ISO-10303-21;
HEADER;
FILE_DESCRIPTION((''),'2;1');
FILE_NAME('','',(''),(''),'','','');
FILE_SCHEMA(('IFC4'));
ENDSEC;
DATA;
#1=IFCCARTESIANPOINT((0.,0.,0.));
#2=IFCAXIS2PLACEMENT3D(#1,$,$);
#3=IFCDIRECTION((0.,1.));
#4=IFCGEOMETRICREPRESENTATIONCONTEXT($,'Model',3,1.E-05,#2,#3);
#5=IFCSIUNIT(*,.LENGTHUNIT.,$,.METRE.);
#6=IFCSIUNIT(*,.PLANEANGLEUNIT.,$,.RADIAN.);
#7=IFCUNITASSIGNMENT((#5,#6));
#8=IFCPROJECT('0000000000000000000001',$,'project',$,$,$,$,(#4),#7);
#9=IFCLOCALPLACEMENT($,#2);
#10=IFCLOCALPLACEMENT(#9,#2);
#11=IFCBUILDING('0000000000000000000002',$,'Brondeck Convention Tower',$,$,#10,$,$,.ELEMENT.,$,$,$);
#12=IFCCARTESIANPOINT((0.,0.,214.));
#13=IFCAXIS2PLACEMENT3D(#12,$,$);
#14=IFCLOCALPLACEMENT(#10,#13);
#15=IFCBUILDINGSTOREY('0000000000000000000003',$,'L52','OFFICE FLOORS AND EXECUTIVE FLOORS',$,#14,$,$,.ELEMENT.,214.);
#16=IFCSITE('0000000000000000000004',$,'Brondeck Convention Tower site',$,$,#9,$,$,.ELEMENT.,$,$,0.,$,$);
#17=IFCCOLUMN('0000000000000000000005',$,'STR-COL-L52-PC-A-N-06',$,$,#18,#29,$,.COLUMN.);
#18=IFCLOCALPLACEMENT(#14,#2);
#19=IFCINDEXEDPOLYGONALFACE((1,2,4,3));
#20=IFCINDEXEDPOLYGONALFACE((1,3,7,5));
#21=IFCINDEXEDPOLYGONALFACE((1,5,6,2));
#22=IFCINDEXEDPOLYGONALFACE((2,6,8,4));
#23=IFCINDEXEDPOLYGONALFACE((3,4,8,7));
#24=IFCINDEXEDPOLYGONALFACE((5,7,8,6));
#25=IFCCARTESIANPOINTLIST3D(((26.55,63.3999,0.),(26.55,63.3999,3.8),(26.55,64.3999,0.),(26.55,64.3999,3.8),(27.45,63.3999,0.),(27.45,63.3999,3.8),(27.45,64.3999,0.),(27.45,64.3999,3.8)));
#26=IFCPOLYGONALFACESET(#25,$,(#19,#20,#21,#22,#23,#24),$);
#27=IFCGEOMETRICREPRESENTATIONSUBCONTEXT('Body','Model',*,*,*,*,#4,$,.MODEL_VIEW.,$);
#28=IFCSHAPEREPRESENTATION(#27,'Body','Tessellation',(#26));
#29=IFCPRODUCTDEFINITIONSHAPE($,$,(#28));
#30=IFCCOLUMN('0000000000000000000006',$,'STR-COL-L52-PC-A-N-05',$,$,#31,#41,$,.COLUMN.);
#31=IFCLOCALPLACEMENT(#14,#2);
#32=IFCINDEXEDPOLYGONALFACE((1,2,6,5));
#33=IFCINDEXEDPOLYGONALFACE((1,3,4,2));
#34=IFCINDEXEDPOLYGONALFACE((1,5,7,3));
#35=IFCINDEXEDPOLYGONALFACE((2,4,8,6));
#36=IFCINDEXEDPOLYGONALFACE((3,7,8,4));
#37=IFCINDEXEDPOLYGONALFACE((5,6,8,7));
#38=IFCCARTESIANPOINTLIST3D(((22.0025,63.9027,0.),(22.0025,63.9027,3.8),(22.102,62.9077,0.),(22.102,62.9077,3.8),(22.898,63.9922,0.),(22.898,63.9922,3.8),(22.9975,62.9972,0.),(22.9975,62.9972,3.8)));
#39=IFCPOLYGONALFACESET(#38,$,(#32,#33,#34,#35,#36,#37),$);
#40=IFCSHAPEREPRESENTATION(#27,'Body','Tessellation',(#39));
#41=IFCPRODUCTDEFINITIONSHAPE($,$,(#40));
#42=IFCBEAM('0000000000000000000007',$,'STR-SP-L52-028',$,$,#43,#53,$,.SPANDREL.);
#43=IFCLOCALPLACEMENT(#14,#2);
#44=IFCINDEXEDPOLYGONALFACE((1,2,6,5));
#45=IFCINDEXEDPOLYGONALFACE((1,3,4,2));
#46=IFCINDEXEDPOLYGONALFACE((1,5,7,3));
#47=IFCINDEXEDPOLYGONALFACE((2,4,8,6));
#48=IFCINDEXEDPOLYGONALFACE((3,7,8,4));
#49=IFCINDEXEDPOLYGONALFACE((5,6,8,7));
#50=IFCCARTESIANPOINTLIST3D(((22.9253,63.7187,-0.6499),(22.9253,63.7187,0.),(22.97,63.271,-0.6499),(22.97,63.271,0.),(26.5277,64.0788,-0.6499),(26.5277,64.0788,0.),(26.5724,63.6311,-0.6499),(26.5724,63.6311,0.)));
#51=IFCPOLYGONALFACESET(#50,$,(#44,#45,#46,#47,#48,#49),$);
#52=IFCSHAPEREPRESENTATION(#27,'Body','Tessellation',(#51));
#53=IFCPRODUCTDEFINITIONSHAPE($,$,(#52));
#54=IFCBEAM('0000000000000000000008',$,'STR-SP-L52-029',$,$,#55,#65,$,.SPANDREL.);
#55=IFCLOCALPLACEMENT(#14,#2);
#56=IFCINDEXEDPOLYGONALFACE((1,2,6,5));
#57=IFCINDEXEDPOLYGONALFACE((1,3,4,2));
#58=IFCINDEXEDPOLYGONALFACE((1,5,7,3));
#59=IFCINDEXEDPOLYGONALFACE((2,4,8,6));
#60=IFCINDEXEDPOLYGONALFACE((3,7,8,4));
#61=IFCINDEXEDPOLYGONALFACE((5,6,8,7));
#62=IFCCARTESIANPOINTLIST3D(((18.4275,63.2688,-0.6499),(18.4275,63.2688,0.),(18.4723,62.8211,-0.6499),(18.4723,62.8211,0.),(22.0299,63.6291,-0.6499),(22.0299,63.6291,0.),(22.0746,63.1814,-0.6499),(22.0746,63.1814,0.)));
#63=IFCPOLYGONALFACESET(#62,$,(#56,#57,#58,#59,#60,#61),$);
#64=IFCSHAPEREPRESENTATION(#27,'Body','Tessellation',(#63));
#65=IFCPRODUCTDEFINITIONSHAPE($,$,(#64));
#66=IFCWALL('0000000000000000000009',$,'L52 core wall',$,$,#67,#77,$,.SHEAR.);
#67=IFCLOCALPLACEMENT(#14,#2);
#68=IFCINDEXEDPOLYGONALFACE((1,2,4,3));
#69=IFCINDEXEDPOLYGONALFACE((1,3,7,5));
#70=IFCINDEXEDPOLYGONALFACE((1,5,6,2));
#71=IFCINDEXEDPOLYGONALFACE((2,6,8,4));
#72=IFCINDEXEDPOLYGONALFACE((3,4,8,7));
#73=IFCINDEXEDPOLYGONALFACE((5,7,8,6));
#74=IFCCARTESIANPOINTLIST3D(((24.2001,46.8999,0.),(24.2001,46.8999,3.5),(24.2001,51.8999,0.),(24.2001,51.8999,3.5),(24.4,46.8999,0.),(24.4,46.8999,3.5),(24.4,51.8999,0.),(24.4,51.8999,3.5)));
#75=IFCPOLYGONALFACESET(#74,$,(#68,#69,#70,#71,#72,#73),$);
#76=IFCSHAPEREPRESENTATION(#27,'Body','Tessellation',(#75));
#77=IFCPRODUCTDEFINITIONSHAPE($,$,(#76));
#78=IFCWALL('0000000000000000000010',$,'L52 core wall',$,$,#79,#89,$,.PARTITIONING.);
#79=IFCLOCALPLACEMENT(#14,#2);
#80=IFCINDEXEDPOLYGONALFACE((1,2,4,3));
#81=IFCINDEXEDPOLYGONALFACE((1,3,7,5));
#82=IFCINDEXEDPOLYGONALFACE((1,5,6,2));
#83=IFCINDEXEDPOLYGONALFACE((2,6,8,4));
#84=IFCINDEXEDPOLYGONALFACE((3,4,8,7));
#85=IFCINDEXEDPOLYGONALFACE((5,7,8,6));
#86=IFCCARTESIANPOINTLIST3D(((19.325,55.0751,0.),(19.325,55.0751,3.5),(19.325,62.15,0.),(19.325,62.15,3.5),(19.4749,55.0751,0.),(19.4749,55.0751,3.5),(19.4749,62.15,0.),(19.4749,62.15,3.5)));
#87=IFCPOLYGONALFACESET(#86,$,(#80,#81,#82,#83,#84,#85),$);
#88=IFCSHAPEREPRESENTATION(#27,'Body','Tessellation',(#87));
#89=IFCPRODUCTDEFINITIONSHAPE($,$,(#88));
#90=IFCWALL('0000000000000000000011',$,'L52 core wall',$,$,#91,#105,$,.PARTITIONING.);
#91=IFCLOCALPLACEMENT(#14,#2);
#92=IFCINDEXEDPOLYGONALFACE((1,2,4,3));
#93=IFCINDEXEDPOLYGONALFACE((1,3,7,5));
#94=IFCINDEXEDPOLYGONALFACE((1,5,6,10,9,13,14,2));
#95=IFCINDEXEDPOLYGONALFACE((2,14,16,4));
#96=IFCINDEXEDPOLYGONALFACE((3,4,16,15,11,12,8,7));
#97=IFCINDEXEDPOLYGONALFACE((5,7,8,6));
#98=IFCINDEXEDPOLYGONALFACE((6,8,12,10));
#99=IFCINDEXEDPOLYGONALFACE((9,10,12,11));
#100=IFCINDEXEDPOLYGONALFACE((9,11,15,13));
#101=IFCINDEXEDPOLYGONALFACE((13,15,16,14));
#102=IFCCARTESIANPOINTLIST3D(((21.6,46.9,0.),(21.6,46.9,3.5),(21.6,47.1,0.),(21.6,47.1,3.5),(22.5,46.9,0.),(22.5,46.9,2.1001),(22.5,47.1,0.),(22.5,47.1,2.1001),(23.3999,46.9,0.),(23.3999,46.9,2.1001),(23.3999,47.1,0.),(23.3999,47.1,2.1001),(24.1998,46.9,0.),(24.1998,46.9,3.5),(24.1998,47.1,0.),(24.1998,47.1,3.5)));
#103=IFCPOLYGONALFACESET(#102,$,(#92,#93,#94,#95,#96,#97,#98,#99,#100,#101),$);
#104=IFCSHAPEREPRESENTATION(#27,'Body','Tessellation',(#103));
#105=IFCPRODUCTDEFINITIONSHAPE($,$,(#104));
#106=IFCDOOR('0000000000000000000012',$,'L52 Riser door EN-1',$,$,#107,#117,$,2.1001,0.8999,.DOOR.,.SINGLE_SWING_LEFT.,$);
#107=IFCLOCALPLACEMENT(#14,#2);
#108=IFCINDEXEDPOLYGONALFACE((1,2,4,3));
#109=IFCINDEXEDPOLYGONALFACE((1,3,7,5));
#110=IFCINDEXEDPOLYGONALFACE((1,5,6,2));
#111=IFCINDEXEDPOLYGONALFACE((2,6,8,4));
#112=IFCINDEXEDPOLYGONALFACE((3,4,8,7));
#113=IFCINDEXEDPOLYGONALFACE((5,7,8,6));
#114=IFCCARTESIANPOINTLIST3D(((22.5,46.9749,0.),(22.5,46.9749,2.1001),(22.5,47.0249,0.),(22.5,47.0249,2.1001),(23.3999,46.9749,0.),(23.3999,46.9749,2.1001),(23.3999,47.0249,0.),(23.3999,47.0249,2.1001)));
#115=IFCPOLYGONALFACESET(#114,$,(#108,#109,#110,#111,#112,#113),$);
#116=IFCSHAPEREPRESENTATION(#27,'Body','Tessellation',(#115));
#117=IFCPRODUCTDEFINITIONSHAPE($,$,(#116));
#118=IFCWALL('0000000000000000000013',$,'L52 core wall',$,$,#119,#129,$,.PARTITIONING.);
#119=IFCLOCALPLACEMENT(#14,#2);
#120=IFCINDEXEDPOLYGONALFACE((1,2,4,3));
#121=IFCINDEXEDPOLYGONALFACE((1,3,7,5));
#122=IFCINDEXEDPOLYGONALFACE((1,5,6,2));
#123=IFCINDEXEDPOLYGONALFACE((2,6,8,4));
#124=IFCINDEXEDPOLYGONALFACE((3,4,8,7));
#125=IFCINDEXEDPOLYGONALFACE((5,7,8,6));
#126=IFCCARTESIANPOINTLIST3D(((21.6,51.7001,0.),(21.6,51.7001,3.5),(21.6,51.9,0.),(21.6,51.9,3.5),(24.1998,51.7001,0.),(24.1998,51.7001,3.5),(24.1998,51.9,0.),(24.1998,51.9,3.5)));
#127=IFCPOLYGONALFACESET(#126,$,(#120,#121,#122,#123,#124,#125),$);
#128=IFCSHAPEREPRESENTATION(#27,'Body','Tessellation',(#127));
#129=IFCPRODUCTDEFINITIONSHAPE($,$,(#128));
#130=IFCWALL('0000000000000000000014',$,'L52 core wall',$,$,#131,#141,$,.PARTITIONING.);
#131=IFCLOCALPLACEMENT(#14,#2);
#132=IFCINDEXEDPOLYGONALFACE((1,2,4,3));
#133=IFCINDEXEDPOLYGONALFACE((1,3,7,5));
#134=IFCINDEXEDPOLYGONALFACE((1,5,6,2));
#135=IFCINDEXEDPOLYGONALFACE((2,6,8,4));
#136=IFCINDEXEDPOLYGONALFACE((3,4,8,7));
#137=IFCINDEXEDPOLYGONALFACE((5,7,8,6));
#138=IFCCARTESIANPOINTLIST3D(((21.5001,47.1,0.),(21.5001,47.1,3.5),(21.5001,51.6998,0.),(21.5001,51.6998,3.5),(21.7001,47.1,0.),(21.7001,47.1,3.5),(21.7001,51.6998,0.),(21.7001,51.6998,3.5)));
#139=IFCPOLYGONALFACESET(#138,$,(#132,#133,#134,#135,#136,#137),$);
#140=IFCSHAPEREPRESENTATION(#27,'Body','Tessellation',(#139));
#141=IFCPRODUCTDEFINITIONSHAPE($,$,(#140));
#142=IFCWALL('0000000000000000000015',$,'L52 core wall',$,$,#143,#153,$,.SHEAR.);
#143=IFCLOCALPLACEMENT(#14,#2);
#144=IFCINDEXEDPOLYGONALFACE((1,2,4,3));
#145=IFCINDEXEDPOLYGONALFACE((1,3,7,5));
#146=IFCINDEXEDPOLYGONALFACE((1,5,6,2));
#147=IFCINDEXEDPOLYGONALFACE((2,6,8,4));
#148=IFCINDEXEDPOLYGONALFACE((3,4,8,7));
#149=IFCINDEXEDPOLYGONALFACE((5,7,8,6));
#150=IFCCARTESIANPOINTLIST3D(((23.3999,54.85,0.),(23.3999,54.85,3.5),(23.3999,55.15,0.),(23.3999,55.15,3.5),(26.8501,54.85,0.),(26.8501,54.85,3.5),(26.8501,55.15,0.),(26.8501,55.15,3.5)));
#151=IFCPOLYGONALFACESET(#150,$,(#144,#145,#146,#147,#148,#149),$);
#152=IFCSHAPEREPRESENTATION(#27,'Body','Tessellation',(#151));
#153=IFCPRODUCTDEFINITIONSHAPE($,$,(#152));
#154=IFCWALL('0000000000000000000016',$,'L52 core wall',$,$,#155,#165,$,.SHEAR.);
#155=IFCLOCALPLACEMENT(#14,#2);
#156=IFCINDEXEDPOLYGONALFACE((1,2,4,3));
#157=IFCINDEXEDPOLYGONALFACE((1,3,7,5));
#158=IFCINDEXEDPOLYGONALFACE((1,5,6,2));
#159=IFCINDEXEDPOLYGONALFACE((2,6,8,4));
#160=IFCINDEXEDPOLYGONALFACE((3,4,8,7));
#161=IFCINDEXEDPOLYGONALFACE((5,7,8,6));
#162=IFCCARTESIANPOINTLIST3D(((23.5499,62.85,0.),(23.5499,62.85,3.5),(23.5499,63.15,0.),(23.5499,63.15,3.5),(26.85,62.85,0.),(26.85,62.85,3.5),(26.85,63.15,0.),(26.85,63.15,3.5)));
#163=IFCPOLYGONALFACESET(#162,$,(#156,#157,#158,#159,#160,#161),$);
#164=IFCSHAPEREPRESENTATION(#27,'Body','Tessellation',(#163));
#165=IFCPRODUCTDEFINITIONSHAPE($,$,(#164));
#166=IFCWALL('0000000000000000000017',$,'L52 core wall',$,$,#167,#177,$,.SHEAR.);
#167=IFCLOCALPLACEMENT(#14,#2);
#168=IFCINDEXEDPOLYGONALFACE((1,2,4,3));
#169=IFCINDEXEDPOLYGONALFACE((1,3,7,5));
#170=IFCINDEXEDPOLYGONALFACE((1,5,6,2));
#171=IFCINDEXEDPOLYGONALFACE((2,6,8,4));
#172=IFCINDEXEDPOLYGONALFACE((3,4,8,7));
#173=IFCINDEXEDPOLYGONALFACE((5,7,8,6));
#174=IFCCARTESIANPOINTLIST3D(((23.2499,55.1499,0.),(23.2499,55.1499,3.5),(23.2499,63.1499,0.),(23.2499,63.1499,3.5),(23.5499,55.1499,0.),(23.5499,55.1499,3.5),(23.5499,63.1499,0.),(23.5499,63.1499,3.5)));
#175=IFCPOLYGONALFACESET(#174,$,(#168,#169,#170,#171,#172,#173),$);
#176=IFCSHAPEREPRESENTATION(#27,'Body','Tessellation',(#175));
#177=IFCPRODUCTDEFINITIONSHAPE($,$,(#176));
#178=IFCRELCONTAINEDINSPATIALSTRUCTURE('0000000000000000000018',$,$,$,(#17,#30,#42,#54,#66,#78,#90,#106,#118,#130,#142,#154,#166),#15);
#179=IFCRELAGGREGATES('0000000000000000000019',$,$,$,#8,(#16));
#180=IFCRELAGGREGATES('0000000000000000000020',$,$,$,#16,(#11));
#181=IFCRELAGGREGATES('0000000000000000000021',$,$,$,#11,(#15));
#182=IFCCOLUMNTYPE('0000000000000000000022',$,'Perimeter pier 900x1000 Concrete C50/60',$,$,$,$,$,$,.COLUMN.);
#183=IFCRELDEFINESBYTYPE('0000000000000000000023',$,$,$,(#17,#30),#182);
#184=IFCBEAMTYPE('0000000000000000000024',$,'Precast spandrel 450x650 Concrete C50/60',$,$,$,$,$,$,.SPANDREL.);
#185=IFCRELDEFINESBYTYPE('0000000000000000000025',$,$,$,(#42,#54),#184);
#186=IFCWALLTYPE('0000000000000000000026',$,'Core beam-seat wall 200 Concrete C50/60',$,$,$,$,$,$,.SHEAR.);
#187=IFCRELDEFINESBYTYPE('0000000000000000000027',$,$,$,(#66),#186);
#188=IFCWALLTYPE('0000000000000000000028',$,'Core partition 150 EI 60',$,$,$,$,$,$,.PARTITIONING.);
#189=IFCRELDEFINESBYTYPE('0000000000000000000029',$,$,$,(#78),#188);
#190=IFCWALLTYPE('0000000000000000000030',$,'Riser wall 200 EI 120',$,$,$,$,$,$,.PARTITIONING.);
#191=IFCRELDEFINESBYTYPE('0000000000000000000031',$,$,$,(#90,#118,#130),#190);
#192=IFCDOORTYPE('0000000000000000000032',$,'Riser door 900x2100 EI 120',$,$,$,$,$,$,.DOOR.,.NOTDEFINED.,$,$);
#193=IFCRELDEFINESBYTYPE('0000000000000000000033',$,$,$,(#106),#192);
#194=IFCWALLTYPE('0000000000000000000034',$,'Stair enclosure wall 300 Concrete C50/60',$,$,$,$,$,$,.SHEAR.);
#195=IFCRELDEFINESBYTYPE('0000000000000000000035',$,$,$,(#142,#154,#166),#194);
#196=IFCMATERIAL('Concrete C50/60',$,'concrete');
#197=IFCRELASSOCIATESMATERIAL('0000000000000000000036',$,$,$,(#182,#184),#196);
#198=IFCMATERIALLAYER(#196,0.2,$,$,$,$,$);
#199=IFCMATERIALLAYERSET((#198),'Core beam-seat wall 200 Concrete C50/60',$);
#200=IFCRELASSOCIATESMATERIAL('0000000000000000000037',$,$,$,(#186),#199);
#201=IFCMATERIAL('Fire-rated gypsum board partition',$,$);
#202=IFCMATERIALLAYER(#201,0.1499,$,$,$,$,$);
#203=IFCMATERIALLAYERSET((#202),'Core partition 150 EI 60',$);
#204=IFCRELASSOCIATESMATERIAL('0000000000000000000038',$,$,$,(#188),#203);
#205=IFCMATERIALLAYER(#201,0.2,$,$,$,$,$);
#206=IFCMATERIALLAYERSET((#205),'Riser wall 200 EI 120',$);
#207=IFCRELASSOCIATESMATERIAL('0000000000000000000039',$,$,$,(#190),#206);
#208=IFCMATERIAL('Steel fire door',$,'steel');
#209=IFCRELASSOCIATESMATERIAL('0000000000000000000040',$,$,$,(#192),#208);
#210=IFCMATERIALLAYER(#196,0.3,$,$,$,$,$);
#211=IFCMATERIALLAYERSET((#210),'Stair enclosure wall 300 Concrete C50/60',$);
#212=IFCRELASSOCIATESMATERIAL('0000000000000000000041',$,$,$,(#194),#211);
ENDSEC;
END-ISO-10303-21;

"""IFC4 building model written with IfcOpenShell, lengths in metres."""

from ifc_helpers import new_model, si_unit, direction, frame, frame_2d, origin, origin_2d, place, context, subcontext, project, spatial, rectangle, extrude, material, layer, layer_set, material_profile, profile_set, type_object, element, fill, save


model = new_model("IFC4")

# Units and contexts
model_context = context("Model", 3, precision=1e-05, world=origin(), true_north=direction((0.0, 1.0)))
body_context = subcontext(model_context, "Body", "Model", "MODEL_VIEW")
ifc_project = project(units=[si_unit("LENGTHUNIT", "METRE"), si_unit("PLANEANGLEUNIT", "RADIAN")], contexts=[model_context])

# Site, building, storey
site_placement = place(None, origin())
site = spatial("IfcSite", under=ifc_project, at=site_placement, Name="Brondeck Convention Tower site", CompositionType="ELEMENT", RefElevation=0.0)
building_placement = place(site_placement, origin())
building = spatial("IfcBuilding", under=site, at=building_placement, Name="Brondeck Convention Tower", CompositionType="ELEMENT")
storey_placement = place(building_placement, frame((0.0, 0.0, 214.0)))
storey = spatial("IfcBuildingStorey", under=building, at=storey_placement, Name="L52", Description="OFFICE FLOORS AND EXECUTIVE FLOORS", CompositionType="ELEMENT", Elevation=214.0)

# Columns
ifc_material_1 = material(Name="Concrete C50/60", Category="concrete")
ifc_material_profile_1 = material_profile(ifc_material_1, rectangle(XDim=0.8999, YDim=1.0, at=origin_2d()), Name="Perimeter pier 900x1000 Concrete C50/60")
ifc_profile_set_1 = profile_set([ifc_material_profile_1], Name="Concrete C50/60")
column_type = type_object("IfcColumnType", Name="Perimeter pier 900x1000 Concrete C50/60", PredefinedType="COLUMN", material=ifc_profile_set_1)
for number, where, z_axis, x_axis, name in (
    (1, (27.0, 63.8999, 0.0), (0.0, 0.0, 1.0), (-1.0, 0.0, 0.0), "STR-COL-L52-PC-A-N-06"),
    (2, (22.5, 63.45, 0.0), (0.0, 0.0, 1.0), (-0.995037, -0.099504, 0.0), "STR-COL-L52-PC-A-N-05"),
):
    element("IfcColumn", number, at=place(storey_placement, frame(where, z_axis=z_axis, x_axis=x_axis)), inside=storey, type_object=column_type, Name=name, PredefinedType="COLUMN", context=body_context, shape_type="SweptSolid", body=[
        extrude(rectangle(XDim=0.8999, YDim=1.0, at=origin_2d()), origin(), (0.0, 0.0, 1.0), 3.8),
    ])

# Beams
ifc_material_profile_2 = material_profile(ifc_material_1, rectangle(XDim=0.45, YDim=0.6499, at=origin_2d()), Name="Precast spandrel 450x650 Concrete C50/60")
ifc_profile_set_2 = profile_set([ifc_material_profile_2], Name="Concrete C50/60")
beam_type = type_object("IfcBeamType", Name="Precast spandrel 450x650 Concrete C50/60", PredefinedType="SPANDREL", material=ifc_profile_set_2)
for number, where, z_axis, x_axis, name in (
    (3, (26.55, 63.855, -0.325), (-0.995041, -0.09947, 0.0), (0.09947, -0.995041, 0.0), "STR-SP-L52-028"),
    (4, (22.0522, 63.4053, -0.325), (-0.995034, -0.099537, 0.0), (0.099537, -0.995034, 0.0), "STR-SP-L52-029"),
):
    element("IfcBeam", number, at=place(storey_placement, frame(where, z_axis=z_axis, x_axis=x_axis)), inside=storey, type_object=beam_type, Name=name, PredefinedType="SPANDREL", context=body_context, shape_type="SweptSolid", body=[
        extrude(rectangle(XDim=0.45, YDim=0.6499, at=origin_2d()), origin(), (0.0, 0.0, 1.0), 3.6204),
    ])

# Walls
ifc_layer_1 = layer(ifc_material_1, 0.2)
ifc_layer_set_1 = layer_set([ifc_layer_1], Name="Core beam-seat wall 200 Concrete C50/60")
wall_type_1 = type_object("IfcWallType", Name="Core beam-seat wall 200 Concrete C50/60", PredefinedType="SHEAR", material=ifc_layer_set_1)
wall_1_placement = place(storey_placement, frame((24.3, 46.8999, 0.0), z_axis=(0.0, 0.0, 1.0), x_axis=(0.0, 1.0, 0.0)))
element("IfcWall", 5, at=wall_1_placement, inside=storey, type_object=wall_type_1, Name="L52 core wall", PredefinedType="SHEAR", context=body_context, shape_type="SweptSolid", body=[
    extrude(rectangle(XDim=5.0, YDim=0.2, at=frame_2d((2.5, 0.0))), origin(), (0.0, 0.0, 1.0), 3.5),
])
ifc_material_2 = material(Name="Fire-rated gypsum board partition")
ifc_layer_2 = layer(ifc_material_2, 0.1499)
ifc_layer_set_2 = layer_set([ifc_layer_2], Name="Core partition 150 EI 60")
wall_type_2 = type_object("IfcWallType", Name="Core partition 150 EI 60", PredefinedType="PARTITIONING", material=ifc_layer_set_2)
wall_2_placement = place(storey_placement, frame((19.3999, 55.075, 0.0), z_axis=(0.0, 0.0, 1.0), x_axis=(0.0, 1.0, 0.0)))
element("IfcWall", 6, at=wall_2_placement, inside=storey, type_object=wall_type_2, Name="L52 core wall", PredefinedType="PARTITIONING", context=body_context, shape_type="SweptSolid", body=[
    extrude(rectangle(XDim=7.075, YDim=0.1499, at=frame_2d((3.5376, 0.0))), origin(), (0.0, 0.0, 1.0), 3.5),
])

# Wall, opening, door
ifc_layer_3 = layer(ifc_material_2, 0.2)
ifc_layer_set_3 = layer_set([ifc_layer_3], Name="Riser wall 200 EI 120")
wall_type_3 = type_object("IfcWallType", Name="Riser wall 200 EI 120", PredefinedType="PARTITIONING", material=ifc_layer_set_3)
wall_3_placement = place(storey_placement, frame((21.6001, 47.0, 0.0), z_axis=(0.0, 0.0, 1.0), x_axis=(1.0, 0.0, 0.0)))
wall_3 = element("IfcWall", 7, at=wall_3_placement, inside=storey, type_object=wall_type_3, Name="L52 core wall", PredefinedType="PARTITIONING", context=body_context, shape_type="SweptSolid", body=[
    extrude(rectangle(XDim=2.5999, YDim=0.2, at=frame_2d((1.2998, 0.0))), origin(), (0.0, 0.0, 1.0), 3.5),
])
opening_1_placement = place(wall_3_placement, frame((0.8999, 0.0, 0.0)))
opening_1 = element("IfcOpeningElement", 8, at=opening_1_placement, cuts=wall_3, PredefinedType="OPENING", context=body_context, shape_type="SweptSolid", body=[
    extrude(rectangle(XDim=0.8999, YDim=2.1001, at=frame_2d((0.45, 1.05))), frame((0.0, 0.1099, 0.0), z_axis=(0.0, -1.0, 0.0), x_axis=(1.0, 0.0, 0.0)), (0.0, 0.0, 1.0), 0.22),
])
ifc_material_3 = material(Name="Steel fire door", Category="steel")
door_type_1 = type_object("IfcDoorType", Name="Riser door 900x2100 EI 120", OperationType="NOTDEFINED", PredefinedType="DOOR", material=ifc_material_3)
door_1_placement = place(opening_1_placement, origin())
door_1 = element("IfcDoor", 9, at=door_1_placement, inside=storey, type_object=door_type_1, Name="L52 Riser door EN-1", OperationType="SINGLE_SWING_LEFT", OverallHeight=2.1001, OverallWidth=0.8999, PredefinedType="DOOR", context=body_context, shape_type="SweptSolid", body=[
    extrude(rectangle(XDim=0.8999, YDim=2.1001, at=frame_2d((0.45, 1.05))), frame((0.0, 0.0249, 0.0), z_axis=(0.0, -1.0, 0.0), x_axis=(1.0, 0.0, 0.0)), (0.0, 0.0, 1.0), 0.05),
])
fill(opening_1, door_1)

# Walls
wall_4_placement = place(storey_placement, frame((21.6001, 51.8, 0.0), z_axis=(0.0, 0.0, 1.0), x_axis=(1.0, 0.0, 0.0)))
element("IfcWall", 10, at=wall_4_placement, inside=storey, type_object=wall_type_3, Name="L52 core wall", PredefinedType="PARTITIONING", context=body_context, shape_type="SweptSolid", body=[
    extrude(rectangle(XDim=2.5999, YDim=0.2, at=frame_2d((1.2998, 0.0))), origin(), (0.0, 0.0, 1.0), 3.5),
])
wall_5_placement = place(storey_placement, frame((21.6001, 47.1001, 0.0), z_axis=(0.0, 0.0, 1.0), x_axis=(0.0, 1.0, 0.0)))
element("IfcWall", 11, at=wall_5_placement, inside=storey, type_object=wall_type_3, Name="L52 core wall", PredefinedType="PARTITIONING", context=body_context, shape_type="SweptSolid", body=[
    extrude(rectangle(XDim=4.5999, YDim=0.2, at=frame_2d((2.2998, 0.0))), origin(), (0.0, 0.0, 1.0), 3.5),
])
ifc_layer_4 = layer(ifc_material_1, 0.3)
ifc_layer_set_4 = layer_set([ifc_layer_4], Name="Stair enclosure wall 300 Concrete C50/60")
wall_type_4 = type_object("IfcWallType", Name="Stair enclosure wall 300 Concrete C50/60", PredefinedType="SHEAR", material=ifc_layer_set_4)
wall_6_placement = place(storey_placement, frame((23.3999, 55.0, 0.0), z_axis=(0.0, 0.0, 1.0), x_axis=(1.0, 0.0, 0.0)))
element("IfcWall", 12, at=wall_6_placement, inside=storey, type_object=wall_type_4, Name="L52 core wall", PredefinedType="SHEAR", context=body_context, shape_type="SweptSolid", body=[
    extrude(rectangle(XDim=3.4502, YDim=0.3, at=frame_2d((1.7251, 0.0))), origin(), (0.0, 0.0, 1.0), 3.5),
])
wall_7_placement = place(storey_placement, frame((23.55, 63.0, 0.0), z_axis=(0.0, 0.0, 1.0), x_axis=(1.0, 0.0, 0.0)))
element("IfcWall", 13, at=wall_7_placement, inside=storey, type_object=wall_type_4, Name="L52 core wall", PredefinedType="SHEAR", context=body_context, shape_type="SweptSolid", body=[
    extrude(rectangle(XDim=3.3, YDim=0.3, at=frame_2d((1.6499, 0.0))), origin(), (0.0, 0.0, 1.0), 3.5),
])
wall_8_placement = place(storey_placement, frame((23.3999, 55.1499, 0.0), z_axis=(0.0, 0.0, 1.0), x_axis=(0.0, 1.0, 0.0)))
element("IfcWall", 14, at=wall_8_placement, inside=storey, type_object=wall_type_4, Name="L52 core wall", PredefinedType="SHEAR", context=body_context, shape_type="SweptSolid", body=[
    extrude(rectangle(XDim=8.0, YDim=0.3, at=frame_2d((4.0, 0.0))), origin(), (0.0, 0.0, 1.0), 3.5),
])

save(model, "model.ifc")
